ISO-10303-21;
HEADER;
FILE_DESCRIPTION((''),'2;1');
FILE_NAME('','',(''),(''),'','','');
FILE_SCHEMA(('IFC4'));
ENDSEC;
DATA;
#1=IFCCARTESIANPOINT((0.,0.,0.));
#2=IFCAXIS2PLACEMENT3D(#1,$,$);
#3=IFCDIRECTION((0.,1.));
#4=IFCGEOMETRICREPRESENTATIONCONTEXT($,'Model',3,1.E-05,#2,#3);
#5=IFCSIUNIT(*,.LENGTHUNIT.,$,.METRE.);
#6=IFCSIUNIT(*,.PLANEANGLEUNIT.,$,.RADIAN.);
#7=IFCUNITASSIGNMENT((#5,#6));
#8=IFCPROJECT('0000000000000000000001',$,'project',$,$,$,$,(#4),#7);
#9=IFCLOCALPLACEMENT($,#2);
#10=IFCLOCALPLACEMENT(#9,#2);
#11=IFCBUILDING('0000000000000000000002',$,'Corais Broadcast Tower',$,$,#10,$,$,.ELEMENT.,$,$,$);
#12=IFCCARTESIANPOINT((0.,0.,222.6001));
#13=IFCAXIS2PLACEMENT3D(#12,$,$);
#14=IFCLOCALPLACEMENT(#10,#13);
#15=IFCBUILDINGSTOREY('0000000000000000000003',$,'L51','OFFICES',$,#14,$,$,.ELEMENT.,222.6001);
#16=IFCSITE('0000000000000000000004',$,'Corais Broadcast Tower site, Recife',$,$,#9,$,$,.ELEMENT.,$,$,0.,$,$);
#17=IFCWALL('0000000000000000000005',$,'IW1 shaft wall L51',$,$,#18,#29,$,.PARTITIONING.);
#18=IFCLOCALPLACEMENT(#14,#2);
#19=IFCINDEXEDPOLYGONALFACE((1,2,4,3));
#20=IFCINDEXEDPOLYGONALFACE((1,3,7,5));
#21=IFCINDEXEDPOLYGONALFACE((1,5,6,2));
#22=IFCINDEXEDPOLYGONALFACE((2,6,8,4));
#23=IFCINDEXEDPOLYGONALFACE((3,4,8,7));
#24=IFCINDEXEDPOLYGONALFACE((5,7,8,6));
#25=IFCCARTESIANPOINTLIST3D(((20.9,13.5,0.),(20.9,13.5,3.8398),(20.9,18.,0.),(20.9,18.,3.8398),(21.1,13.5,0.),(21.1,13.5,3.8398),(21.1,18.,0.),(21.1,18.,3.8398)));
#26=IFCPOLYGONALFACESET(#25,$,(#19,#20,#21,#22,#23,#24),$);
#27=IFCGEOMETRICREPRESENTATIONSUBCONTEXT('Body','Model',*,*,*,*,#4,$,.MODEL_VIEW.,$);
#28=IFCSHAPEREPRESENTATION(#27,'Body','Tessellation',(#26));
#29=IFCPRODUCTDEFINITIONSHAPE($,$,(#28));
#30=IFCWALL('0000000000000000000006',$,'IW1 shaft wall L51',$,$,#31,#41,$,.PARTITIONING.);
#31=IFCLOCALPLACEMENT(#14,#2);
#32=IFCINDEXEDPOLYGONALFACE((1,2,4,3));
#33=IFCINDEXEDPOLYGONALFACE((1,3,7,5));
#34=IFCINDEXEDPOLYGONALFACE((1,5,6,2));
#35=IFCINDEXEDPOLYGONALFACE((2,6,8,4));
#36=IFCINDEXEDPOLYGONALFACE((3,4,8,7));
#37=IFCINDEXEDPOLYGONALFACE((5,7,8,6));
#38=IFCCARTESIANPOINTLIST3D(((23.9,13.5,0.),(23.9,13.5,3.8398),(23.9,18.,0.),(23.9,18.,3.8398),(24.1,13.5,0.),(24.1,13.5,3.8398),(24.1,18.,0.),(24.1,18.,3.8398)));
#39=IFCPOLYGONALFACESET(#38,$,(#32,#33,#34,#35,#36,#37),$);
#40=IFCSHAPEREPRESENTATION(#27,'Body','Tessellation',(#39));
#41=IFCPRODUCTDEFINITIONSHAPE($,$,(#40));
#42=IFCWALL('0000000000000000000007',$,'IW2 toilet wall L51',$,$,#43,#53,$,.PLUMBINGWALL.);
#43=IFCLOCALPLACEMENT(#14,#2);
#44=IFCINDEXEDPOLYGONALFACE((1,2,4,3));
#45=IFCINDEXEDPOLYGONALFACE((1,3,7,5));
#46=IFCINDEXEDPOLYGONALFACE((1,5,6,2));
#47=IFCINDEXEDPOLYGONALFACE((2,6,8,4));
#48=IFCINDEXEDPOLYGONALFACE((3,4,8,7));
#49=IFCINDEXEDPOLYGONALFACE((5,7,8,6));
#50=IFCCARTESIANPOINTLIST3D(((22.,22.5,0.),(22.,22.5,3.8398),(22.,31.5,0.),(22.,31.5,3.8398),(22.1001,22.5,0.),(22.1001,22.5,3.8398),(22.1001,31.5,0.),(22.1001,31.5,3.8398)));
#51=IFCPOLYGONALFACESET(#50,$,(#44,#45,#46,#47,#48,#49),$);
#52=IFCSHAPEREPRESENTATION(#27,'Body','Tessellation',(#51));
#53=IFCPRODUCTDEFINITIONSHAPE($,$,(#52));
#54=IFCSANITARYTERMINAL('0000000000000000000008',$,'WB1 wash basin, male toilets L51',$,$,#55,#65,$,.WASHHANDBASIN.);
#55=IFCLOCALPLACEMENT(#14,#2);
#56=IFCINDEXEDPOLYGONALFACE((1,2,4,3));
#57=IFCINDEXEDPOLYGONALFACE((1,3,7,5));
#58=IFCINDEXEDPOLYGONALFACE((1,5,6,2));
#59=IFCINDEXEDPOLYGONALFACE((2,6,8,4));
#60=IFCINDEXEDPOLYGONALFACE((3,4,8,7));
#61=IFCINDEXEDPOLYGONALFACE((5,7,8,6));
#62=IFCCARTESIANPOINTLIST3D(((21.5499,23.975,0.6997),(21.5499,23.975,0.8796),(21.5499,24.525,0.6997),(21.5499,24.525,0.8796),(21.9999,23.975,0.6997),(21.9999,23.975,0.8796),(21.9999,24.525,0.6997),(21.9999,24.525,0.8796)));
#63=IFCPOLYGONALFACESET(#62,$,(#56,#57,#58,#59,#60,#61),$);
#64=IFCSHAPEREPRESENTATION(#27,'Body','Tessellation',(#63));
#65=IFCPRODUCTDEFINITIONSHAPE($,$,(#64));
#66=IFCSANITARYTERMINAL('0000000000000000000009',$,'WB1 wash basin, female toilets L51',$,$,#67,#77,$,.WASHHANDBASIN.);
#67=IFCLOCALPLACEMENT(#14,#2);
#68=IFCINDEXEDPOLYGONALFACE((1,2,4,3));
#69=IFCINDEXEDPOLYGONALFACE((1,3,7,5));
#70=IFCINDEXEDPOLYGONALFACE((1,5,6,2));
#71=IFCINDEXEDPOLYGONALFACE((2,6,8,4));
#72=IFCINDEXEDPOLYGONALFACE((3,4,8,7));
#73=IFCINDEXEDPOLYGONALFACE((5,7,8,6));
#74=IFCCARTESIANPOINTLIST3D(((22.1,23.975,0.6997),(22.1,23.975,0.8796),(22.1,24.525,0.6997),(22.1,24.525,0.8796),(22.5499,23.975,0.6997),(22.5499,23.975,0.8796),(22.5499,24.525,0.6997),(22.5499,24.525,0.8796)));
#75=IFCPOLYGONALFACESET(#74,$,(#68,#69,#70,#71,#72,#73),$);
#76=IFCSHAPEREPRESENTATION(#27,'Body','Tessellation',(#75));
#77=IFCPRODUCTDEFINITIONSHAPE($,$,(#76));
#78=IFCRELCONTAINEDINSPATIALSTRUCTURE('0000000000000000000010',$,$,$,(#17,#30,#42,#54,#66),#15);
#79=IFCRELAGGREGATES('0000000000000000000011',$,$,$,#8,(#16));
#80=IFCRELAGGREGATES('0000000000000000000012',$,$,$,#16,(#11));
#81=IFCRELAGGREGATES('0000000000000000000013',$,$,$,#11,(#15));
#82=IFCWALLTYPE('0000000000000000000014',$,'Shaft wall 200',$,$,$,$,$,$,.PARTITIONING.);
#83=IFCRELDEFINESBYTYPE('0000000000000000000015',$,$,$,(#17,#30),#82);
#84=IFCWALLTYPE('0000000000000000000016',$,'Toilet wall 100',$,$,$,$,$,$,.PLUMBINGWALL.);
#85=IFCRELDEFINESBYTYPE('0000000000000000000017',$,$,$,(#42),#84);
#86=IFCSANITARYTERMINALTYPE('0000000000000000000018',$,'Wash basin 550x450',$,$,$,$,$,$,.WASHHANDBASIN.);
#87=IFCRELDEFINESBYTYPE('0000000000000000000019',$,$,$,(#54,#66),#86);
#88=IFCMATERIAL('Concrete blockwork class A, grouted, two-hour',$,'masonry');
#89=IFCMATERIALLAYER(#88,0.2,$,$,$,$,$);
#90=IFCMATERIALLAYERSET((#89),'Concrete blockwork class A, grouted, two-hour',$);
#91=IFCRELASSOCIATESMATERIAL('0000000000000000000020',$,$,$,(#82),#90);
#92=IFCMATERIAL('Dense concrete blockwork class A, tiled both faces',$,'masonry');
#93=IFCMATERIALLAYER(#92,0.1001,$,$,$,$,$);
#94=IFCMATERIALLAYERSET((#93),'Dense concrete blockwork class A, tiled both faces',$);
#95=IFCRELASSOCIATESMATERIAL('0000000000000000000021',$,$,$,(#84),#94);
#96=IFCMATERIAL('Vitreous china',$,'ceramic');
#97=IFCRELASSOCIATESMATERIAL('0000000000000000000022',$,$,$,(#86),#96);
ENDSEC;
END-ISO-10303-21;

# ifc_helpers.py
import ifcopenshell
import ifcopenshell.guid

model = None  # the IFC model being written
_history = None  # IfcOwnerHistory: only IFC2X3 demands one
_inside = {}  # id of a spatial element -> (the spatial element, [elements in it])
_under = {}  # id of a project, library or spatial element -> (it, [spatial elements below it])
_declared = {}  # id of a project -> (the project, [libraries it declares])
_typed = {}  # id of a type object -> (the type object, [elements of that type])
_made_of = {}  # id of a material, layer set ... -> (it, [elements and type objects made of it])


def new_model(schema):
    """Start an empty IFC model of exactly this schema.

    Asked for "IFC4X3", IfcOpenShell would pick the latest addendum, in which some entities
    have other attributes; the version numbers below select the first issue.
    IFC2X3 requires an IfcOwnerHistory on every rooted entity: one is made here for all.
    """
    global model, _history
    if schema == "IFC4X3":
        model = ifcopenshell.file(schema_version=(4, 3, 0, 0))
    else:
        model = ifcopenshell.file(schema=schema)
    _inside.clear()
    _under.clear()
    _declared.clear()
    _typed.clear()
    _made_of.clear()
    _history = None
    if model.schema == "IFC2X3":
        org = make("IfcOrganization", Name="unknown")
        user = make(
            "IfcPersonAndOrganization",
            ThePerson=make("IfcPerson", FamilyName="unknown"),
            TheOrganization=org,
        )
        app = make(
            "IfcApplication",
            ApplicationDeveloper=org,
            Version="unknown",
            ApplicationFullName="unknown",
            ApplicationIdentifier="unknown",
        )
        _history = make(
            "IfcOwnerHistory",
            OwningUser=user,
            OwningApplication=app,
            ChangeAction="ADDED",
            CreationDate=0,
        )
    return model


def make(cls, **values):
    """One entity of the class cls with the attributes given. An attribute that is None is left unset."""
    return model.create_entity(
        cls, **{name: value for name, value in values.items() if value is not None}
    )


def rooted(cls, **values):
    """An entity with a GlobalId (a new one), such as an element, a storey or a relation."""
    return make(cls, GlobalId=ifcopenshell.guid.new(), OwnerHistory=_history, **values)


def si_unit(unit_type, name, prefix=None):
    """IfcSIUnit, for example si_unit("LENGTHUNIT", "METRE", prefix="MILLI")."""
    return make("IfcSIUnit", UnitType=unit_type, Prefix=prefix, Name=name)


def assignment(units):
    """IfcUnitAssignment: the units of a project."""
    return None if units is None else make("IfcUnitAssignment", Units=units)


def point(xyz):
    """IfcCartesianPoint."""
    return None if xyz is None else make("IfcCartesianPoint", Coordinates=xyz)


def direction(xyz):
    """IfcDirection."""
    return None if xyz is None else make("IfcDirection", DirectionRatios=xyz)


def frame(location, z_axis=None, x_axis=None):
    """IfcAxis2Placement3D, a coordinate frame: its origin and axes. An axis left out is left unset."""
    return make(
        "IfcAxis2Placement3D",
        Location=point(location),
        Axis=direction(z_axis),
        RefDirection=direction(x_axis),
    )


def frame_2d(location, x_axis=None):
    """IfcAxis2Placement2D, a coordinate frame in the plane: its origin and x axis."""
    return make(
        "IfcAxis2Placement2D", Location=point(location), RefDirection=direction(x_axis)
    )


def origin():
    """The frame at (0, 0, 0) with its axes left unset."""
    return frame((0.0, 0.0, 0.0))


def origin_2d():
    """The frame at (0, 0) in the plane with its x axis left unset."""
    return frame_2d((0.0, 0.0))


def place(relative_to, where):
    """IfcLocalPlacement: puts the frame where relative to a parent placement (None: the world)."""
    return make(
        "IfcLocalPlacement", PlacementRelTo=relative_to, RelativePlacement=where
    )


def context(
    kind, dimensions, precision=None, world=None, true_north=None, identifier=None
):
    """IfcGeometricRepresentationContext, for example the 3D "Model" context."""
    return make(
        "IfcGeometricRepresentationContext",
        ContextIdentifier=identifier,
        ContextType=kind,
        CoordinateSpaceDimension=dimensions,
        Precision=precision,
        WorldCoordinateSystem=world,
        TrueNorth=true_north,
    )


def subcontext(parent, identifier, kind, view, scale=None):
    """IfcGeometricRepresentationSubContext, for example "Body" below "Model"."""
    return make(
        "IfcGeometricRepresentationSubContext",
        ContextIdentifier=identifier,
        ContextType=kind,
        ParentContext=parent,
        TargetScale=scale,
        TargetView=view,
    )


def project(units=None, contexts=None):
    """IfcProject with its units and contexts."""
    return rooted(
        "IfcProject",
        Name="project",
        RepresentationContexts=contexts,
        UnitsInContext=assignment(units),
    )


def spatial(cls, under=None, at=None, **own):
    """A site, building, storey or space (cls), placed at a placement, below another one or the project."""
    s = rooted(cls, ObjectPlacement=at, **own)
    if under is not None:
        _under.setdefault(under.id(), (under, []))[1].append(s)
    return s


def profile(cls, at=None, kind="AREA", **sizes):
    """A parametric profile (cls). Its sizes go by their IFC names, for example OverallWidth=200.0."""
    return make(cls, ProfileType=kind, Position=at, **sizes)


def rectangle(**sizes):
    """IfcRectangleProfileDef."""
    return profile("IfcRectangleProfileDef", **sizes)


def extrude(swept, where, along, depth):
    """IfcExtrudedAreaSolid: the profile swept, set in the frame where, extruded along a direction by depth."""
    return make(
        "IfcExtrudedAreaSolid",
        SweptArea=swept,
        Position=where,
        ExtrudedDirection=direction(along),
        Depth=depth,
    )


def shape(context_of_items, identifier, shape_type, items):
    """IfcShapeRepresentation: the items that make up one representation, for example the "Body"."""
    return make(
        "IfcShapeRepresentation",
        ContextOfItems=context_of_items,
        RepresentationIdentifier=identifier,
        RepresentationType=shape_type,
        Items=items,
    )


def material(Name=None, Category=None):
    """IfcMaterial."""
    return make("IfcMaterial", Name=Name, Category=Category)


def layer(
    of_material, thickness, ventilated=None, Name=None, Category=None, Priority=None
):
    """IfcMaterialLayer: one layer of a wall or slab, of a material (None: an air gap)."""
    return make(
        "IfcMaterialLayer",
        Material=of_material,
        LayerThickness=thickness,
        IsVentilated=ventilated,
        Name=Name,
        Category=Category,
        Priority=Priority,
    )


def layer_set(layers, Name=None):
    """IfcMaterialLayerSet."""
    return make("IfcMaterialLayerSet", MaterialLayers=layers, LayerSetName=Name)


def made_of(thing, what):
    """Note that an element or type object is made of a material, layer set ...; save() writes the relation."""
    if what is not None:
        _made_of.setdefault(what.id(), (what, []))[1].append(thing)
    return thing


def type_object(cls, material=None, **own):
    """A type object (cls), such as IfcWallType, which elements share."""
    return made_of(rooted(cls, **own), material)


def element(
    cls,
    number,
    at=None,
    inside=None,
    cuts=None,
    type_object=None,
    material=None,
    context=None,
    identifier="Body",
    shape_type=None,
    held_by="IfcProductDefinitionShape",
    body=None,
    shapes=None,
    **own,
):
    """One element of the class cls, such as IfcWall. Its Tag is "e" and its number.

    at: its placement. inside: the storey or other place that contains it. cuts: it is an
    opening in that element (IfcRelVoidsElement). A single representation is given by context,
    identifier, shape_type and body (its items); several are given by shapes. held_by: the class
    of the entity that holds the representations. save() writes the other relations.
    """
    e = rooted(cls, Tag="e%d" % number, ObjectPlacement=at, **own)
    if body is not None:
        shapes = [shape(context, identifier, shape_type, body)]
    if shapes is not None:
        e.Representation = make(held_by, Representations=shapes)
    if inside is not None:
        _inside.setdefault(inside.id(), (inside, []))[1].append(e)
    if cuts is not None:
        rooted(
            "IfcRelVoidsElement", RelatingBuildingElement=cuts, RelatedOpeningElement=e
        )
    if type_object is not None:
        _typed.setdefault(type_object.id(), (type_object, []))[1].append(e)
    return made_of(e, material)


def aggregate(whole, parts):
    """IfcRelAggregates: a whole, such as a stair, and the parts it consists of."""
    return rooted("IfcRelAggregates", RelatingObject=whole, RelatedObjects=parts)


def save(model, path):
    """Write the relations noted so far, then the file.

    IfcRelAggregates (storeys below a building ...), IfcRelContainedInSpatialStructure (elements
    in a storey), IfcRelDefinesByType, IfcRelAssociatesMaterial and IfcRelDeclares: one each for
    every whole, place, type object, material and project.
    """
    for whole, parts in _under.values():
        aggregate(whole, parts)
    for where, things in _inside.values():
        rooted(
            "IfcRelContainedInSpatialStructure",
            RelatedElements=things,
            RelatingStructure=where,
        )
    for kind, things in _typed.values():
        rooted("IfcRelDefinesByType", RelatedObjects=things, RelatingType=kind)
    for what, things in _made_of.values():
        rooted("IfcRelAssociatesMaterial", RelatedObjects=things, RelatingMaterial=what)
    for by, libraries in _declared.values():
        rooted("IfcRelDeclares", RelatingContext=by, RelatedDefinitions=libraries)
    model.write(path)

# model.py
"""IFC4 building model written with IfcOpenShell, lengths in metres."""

from ifc_helpers import new_model, si_unit, direction, frame, frame_2d, origin, origin_2d, place, context, subcontext, project, spatial, rectangle, extrude, material, layer, layer_set, type_object, element, save


model = new_model("IFC4")

# Units and contexts
model_context = context("Model", 3, precision=1e-05, world=origin(), true_north=direction((0.0, 1.0)))
body_context = subcontext(model_context, "Body", "Model", "MODEL_VIEW")
ifc_project = project(units=[si_unit("LENGTHUNIT", "METRE"), si_unit("PLANEANGLEUNIT", "RADIAN")], contexts=[model_context])

# Site, building, storey
site_placement = place(None, origin())
site = spatial("IfcSite", under=ifc_project, at=site_placement, Name="Corais Broadcast Tower site, Recife", CompositionType="ELEMENT", RefElevation=0.0)
building_placement = place(site_placement, origin())
building = spatial("IfcBuilding", under=site, at=building_placement, Name="Corais Broadcast Tower", CompositionType="ELEMENT")
storey_placement = place(building_placement, frame((0.0, 0.0, 222.6001)))
storey = spatial("IfcBuildingStorey", under=building, at=storey_placement, Name="L51", Description="OFFICES", CompositionType="ELEMENT", Elevation=222.6001)

# Walls
ifc_material_1 = material(Name="Concrete blockwork class A, grouted, two-hour", Category="masonry")
ifc_layer_1 = layer(ifc_material_1, 0.2)
ifc_layer_set_1 = layer_set([ifc_layer_1], Name="Concrete blockwork class A, grouted, two-hour")
wall_type_1 = type_object("IfcWallType", Name="Shaft wall 200", PredefinedType="PARTITIONING", material=ifc_layer_set_1)
for number, where, z_axis, x_axis, name in (
    (1, (21.0, 13.5, 0.0), (0.0, 0.0, 1.0), (0.0, 1.0, 0.0), "IW1 shaft wall L51"),
    (2, (24.0, 13.5, 0.0), (0.0, 0.0, 1.0), (0.0, 1.0, 0.0), "IW1 shaft wall L51"),
):
    element("IfcWall", number, at=place(storey_placement, frame(where, z_axis=z_axis, x_axis=x_axis)), inside=storey, type_object=wall_type_1, Name=name, PredefinedType="PARTITIONING", context=body_context, shape_type="SweptSolid", body=[
        extrude(rectangle(XDim=4.5, YDim=0.2, at=frame_2d((2.25, 0.0))), origin(), (0.0, 0.0, 1.0), 3.8398),
    ])
ifc_material_2 = material(Name="Dense concrete blockwork class A, tiled both faces", Category="masonry")
ifc_layer_2 = layer(ifc_material_2, 0.1001)
ifc_layer_set_2 = layer_set([ifc_layer_2], Name="Dense concrete blockwork class A, tiled both faces")
wall_type_2 = type_object("IfcWallType", Name="Toilet wall 100", PredefinedType="PLUMBINGWALL", material=ifc_layer_set_2)
wall_1_placement = place(storey_placement, frame((22.05, 22.5, 0.0), z_axis=(0.0, 0.0, 1.0), x_axis=(0.0, 1.0, 0.0)))
element("IfcWall", 3, at=wall_1_placement, inside=storey, type_object=wall_type_2, Name="IW2 toilet wall L51", PredefinedType="PLUMBINGWALL", context=body_context, shape_type="SweptSolid", body=[
    extrude(rectangle(XDim=9.0, YDim=0.1001, at=frame_2d((4.5, 0.0))), origin(), (0.0, 0.0, 1.0), 3.8398),
])

# Sanitary terminals
ifc_material_3 = material(Name="Vitreous china", Category="ceramic")
sanitary_terminal_type = type_object("IfcSanitaryTerminalType", Name="Wash basin 550x450", PredefinedType="WASHHANDBASIN", material=ifc_material_3)
for number, where, z_axis, x_axis, name in (
    (4, (21.7749, 24.25, 0.6997), (0.0, 0.0, 1.0), (1.0, 0.0, 0.0), "WB1 wash basin, male toilets L51"),
    (5, (22.325, 24.25, 0.6997), (0.0, 0.0, 1.0), (1.0, 0.0, 0.0), "WB1 wash basin, female toilets L51"),
):
    element("IfcSanitaryTerminal", number, at=place(storey_placement, frame(where, z_axis=z_axis, x_axis=x_axis)), inside=storey, type_object=sanitary_terminal_type, Name=name, PredefinedType="WASHHANDBASIN", context=body_context, shape_type="SweptSolid", body=[
        extrude(rectangle(XDim=0.45, YDim=0.55, at=origin_2d()), origin(), (0.0, 0.0, 1.0), 0.1799),
    ])

save(model, "model.ifc")
